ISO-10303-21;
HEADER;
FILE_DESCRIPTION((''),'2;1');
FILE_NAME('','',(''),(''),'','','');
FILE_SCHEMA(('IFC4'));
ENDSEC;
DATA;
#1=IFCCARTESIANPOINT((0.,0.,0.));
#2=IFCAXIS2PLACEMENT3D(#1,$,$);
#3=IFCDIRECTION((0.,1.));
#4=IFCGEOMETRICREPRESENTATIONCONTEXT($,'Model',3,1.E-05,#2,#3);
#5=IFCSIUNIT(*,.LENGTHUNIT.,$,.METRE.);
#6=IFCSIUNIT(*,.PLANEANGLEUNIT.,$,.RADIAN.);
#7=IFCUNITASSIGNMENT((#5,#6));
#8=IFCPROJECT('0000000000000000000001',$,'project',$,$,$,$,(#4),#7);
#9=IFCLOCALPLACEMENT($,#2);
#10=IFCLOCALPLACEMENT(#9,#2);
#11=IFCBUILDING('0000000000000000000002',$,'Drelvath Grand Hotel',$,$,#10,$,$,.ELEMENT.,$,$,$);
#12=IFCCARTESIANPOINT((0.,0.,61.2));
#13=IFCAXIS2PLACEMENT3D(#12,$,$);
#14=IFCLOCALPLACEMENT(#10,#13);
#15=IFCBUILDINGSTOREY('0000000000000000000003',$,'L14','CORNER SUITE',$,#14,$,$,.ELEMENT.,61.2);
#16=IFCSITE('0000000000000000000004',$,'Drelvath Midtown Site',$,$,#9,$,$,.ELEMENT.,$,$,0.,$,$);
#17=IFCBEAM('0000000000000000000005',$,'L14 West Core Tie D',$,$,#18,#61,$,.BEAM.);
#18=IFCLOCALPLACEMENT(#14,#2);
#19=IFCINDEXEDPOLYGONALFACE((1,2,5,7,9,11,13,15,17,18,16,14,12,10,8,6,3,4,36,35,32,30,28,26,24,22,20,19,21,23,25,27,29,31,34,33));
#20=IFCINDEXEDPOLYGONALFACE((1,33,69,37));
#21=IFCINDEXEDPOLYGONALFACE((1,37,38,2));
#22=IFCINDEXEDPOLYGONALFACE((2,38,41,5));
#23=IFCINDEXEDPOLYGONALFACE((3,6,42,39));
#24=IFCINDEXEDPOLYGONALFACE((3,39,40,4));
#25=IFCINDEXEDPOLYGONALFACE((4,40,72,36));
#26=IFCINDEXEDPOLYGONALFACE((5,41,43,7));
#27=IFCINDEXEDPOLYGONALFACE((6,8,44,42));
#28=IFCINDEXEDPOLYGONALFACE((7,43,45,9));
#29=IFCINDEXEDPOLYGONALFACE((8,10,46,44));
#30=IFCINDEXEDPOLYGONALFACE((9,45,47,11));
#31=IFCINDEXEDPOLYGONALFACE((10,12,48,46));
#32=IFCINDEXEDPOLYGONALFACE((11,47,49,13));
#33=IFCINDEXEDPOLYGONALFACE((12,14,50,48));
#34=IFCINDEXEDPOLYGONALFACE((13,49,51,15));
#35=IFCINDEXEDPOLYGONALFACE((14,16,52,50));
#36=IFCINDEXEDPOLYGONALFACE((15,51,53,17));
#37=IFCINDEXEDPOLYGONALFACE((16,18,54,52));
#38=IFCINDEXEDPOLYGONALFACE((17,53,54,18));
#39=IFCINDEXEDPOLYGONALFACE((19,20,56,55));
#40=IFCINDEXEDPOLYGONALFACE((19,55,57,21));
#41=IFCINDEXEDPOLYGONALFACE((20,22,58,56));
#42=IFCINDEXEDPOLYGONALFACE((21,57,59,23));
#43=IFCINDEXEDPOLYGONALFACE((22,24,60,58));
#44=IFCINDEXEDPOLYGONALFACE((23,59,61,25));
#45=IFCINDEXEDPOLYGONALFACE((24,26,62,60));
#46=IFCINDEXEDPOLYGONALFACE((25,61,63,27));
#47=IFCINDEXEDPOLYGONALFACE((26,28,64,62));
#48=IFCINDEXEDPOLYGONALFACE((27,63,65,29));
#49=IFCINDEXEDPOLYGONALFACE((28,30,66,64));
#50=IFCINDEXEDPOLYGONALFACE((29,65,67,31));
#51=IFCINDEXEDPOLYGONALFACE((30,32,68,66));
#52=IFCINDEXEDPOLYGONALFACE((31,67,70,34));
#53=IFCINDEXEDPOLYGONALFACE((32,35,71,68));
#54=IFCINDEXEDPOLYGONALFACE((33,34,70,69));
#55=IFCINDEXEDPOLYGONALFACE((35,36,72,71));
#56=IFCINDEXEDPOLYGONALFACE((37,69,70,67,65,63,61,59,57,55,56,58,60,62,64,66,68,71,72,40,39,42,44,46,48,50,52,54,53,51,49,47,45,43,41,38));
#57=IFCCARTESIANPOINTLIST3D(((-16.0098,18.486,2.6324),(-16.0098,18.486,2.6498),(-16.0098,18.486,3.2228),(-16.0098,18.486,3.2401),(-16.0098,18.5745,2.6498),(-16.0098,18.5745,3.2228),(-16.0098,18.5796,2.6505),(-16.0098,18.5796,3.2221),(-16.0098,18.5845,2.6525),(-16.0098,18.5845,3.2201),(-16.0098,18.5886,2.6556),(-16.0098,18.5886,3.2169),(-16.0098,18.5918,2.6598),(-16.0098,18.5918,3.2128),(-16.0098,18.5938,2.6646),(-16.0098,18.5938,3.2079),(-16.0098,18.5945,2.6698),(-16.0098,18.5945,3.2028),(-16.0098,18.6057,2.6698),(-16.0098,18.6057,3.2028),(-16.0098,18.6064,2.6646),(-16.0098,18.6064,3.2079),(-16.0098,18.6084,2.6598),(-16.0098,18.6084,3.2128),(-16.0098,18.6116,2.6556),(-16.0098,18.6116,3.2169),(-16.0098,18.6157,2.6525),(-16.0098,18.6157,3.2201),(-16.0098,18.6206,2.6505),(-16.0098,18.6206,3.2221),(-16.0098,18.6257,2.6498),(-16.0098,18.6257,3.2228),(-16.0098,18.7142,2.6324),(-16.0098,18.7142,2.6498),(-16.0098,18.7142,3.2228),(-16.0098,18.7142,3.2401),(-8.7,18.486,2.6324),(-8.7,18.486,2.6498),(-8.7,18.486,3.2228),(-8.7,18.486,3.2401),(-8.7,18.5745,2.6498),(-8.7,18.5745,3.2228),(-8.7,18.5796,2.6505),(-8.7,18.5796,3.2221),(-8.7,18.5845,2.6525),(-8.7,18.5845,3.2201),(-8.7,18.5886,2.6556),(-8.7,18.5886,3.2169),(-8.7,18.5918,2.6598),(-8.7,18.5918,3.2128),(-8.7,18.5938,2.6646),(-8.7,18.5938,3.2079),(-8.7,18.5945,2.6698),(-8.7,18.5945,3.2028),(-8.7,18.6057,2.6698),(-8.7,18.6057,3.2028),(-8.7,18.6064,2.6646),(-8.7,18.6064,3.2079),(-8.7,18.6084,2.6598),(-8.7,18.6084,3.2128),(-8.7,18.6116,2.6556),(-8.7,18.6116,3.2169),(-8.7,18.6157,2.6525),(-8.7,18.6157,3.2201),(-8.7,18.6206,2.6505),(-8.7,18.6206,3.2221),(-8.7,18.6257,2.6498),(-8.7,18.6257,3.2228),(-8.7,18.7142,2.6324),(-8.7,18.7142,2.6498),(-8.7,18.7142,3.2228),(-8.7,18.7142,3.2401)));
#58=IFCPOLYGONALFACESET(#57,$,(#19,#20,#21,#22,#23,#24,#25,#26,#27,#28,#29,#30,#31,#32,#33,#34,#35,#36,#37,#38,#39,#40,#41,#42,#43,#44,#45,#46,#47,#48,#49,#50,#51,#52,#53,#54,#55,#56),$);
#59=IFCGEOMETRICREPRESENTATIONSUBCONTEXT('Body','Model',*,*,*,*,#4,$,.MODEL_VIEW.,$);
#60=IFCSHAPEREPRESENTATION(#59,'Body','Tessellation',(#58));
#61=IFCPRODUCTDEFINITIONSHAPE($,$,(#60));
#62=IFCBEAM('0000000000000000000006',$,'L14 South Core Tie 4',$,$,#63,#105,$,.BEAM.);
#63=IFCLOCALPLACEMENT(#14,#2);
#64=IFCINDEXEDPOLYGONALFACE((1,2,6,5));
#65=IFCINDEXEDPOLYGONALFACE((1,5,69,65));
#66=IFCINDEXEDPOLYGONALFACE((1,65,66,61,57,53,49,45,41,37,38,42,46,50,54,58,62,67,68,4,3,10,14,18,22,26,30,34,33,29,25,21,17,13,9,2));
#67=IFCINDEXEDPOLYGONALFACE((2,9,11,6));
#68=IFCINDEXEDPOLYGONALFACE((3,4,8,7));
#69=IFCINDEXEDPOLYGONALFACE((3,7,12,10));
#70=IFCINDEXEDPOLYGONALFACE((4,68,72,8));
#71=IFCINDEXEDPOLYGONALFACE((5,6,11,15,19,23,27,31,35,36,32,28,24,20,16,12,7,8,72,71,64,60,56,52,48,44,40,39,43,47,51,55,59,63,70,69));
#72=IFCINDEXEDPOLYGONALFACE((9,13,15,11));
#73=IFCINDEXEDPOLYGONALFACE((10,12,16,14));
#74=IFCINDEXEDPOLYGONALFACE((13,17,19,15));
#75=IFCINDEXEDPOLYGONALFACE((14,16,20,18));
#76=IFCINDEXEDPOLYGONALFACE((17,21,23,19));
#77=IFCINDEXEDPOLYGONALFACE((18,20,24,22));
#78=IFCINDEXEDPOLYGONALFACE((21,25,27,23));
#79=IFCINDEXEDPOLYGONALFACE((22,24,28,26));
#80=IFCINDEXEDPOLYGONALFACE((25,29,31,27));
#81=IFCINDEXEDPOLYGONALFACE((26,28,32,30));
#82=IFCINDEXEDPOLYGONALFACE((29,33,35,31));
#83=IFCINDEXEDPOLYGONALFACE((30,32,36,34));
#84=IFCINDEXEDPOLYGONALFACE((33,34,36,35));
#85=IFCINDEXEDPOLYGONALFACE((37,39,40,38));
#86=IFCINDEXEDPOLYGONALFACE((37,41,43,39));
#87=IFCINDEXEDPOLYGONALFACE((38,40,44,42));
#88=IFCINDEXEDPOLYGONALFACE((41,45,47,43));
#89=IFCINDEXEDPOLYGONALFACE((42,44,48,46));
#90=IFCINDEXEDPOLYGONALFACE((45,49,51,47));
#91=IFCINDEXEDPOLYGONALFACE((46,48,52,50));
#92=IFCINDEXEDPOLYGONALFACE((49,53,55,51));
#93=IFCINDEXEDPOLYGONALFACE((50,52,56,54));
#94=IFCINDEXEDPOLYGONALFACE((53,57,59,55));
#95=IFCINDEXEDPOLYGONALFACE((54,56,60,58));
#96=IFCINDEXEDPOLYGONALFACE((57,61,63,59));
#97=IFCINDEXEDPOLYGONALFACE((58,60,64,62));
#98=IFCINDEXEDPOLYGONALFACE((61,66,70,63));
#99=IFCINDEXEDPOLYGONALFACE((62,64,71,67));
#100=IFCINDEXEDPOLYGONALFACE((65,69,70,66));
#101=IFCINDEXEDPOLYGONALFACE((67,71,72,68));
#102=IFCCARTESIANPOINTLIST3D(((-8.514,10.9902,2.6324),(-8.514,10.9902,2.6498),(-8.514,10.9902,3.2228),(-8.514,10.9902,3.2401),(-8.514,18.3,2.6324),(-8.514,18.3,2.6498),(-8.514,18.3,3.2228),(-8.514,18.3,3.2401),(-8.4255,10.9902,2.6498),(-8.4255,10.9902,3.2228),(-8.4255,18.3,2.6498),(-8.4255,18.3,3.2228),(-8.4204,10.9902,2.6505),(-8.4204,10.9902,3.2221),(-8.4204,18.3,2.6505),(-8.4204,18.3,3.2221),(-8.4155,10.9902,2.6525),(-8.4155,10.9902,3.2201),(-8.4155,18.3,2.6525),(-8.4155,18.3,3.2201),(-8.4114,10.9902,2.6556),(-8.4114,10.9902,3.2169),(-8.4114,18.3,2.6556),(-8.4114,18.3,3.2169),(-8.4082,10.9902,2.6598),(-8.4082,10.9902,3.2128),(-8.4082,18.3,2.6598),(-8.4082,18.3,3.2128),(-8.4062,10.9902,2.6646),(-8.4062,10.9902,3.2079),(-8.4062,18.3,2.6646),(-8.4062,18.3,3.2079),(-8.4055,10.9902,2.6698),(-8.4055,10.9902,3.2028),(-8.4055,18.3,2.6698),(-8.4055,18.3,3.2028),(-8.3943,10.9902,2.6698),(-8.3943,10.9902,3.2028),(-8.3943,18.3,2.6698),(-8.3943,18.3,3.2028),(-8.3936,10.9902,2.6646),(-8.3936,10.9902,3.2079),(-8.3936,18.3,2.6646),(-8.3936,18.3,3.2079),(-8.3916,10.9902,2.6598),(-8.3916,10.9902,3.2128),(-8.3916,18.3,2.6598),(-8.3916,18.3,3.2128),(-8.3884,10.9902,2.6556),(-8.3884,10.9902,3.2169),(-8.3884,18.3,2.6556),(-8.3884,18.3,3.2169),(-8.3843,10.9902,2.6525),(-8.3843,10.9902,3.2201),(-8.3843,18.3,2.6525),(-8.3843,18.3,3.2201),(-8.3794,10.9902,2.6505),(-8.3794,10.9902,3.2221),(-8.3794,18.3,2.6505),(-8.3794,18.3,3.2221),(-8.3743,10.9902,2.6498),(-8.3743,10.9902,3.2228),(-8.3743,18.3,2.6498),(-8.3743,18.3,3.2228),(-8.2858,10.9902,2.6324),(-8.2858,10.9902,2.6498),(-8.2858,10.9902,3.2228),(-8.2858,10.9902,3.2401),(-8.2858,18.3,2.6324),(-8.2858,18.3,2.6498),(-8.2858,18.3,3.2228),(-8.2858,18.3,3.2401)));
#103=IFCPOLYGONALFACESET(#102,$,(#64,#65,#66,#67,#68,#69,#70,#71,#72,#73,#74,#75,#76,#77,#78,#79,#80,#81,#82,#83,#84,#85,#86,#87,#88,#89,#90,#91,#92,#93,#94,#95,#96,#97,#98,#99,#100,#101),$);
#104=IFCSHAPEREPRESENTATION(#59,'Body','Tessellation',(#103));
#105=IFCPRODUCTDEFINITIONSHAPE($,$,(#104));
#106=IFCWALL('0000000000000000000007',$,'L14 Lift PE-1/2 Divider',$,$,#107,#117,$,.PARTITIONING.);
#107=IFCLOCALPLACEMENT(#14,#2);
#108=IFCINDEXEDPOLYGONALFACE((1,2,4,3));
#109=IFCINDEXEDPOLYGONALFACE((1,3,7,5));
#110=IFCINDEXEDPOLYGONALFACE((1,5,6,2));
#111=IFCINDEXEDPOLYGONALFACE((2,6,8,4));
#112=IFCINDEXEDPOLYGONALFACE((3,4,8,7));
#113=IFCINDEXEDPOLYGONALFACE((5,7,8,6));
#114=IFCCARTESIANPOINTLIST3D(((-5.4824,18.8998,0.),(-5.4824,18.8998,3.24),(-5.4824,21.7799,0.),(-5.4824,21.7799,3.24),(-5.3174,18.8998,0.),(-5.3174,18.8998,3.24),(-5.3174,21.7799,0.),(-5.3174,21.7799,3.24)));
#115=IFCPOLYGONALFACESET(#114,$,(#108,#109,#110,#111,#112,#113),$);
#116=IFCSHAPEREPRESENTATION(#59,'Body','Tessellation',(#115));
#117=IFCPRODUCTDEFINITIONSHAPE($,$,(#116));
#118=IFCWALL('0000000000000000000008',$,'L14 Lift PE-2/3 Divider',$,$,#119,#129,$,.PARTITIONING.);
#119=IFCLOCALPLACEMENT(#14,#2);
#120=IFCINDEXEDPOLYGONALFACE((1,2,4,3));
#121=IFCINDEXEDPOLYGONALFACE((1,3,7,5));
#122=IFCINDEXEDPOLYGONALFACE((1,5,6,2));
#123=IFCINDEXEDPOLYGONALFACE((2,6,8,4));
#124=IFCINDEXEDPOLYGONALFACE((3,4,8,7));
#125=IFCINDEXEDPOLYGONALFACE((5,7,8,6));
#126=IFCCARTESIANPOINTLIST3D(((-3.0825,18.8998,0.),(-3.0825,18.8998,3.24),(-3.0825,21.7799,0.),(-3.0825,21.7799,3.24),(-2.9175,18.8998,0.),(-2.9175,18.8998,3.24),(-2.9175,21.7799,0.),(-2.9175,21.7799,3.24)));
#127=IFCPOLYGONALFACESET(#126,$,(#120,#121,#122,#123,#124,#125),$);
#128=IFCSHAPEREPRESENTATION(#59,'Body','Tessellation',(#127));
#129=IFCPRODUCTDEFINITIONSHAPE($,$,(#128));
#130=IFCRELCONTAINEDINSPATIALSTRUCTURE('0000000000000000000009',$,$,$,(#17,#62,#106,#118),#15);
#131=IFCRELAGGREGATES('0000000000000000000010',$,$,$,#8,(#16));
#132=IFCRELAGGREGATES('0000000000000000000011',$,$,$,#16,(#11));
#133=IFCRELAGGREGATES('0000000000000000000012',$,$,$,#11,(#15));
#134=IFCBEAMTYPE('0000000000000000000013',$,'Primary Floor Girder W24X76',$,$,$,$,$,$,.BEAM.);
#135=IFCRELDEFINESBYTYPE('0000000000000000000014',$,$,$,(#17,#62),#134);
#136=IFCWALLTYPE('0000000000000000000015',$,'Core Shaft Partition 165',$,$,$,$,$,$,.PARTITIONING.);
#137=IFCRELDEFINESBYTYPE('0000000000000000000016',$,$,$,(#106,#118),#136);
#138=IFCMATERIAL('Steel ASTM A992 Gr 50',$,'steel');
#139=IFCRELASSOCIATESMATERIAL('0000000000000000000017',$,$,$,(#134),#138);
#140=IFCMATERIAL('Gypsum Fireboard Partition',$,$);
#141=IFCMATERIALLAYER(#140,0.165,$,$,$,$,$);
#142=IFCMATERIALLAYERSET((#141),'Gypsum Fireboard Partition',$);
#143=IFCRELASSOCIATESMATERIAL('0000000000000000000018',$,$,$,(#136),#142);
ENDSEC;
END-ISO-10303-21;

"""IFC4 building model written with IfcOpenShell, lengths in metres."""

from ifc_helpers import new_model, si_unit, direction, frame, frame_2d, origin, origin_2d, place, context, subcontext, project, spatial, rectangle, i_section, extrude, material, layer, layer_set, material_profile, profile_set, type_object, element, save


model = new_model("IFC4")

# Units and contexts
model_context = context("Model", 3, precision=1e-05, world=origin(), true_north=direction((0.0, 1.0)))
body_context = subcontext(model_context, "Body", "Model", "MODEL_VIEW")
ifc_project = project(units=[si_unit("LENGTHUNIT", "METRE"), si_unit("PLANEANGLEUNIT", "RADIAN")], contexts=[model_context])

# Site, building, storey
site_placement = place(None, origin())
site = spatial("IfcSite", under=ifc_project, at=site_placement, Name="Drelvath Midtown Site", CompositionType="ELEMENT", RefElevation=0.0)
building_placement = place(site_placement, origin())
building = spatial("IfcBuilding", under=site, at=building_placement, Name="Drelvath Grand Hotel", CompositionType="ELEMENT")
storey_placement = place(building_placement, frame((0.0, 0.0, 61.2)))
storey = spatial("IfcBuildingStorey", under=building, at=storey_placement, Name="L14", Description="CORNER SUITE", CompositionType="ELEMENT", Elevation=61.2)

# Beams
ifc_material_1 = material(Name="Steel ASTM A992 Gr 50", Category="steel")
ifc_material_profile = material_profile(ifc_material_1, i_section(OverallWidth=0.2283, OverallDepth=0.6077, WebThickness=0.0112, FlangeThickness=0.0173, FilletRadius=0.02, at=origin_2d()), Name="W24X76")
ifc_profile_set = profile_set([ifc_material_profile], Name="Steel ASTM A992 Gr 50")
beam_type = type_object("IfcBeamType", Name="Primary Floor Girder W24X76", PredefinedType="BEAM", material=ifc_profile_set)
for number, where, z_axis, x_axis, name in (
    (1, (-16.0098, 18.6001, 2.9363), (1.0, 0.0, 0.0), (0.0, 1.0, 0.0), "L14 West Core Tie D"),
    (2, (-8.3999, 10.9902, 2.9363), (0.0, 1.0, 0.0), (-1.0, 0.0, 0.0), "L14 South Core Tie 4"),
):
    element("IfcBeam", number, at=place(storey_placement, frame(where, z_axis=z_axis, x_axis=x_axis)), inside=storey, type_object=beam_type, Name=name, PredefinedType="BEAM", context=body_context, shape_type="SweptSolid", body=[
        extrude(i_section(OverallWidth=0.2283, OverallDepth=0.6077, WebThickness=0.0112, FlangeThickness=0.0173, FilletRadius=0.02, at=origin_2d()), origin(), (0.0, 0.0, 1.0), 7.3098),
    ])

# Walls
ifc_material_2 = material(Name="Gypsum Fireboard Partition")
ifc_layer_1 = layer(ifc_material_2, 0.165)
ifc_layer_set_1 = layer_set([ifc_layer_1], Name="Gypsum Fireboard Partition")
wall_type_1 = type_object("IfcWallType", Name="Core Shaft Partition 165", PredefinedType="PARTITIONING", material=ifc_layer_set_1)
for number, where, z_axis, x_axis, name in (
    (3, (-5.3999, 18.8999, 0.0), (0.0, 0.0, 1.0), (0.0, 1.0, 0.0), "L14 Lift PE-1/2 Divider"),
    (4, (-3.0, 18.8999, 0.0), (0.0, 0.0, 1.0), (0.0, 1.0, 0.0), "L14 Lift PE-2/3 Divider"),
):
    element("IfcWall", number, at=place(storey_placement, frame(where, z_axis=z_axis, x_axis=x_axis)), inside=storey, type_object=wall_type_1, Name=name, PredefinedType="PARTITIONING", context=body_context, shape_type="SweptSolid", body=[
        extrude(rectangle(XDim=2.8801, YDim=0.165, at=frame_2d((1.4399, 0.0))), origin(), (0.0, 0.0, 1.0), 3.24),
    ])

save(model, "model.ifc")
